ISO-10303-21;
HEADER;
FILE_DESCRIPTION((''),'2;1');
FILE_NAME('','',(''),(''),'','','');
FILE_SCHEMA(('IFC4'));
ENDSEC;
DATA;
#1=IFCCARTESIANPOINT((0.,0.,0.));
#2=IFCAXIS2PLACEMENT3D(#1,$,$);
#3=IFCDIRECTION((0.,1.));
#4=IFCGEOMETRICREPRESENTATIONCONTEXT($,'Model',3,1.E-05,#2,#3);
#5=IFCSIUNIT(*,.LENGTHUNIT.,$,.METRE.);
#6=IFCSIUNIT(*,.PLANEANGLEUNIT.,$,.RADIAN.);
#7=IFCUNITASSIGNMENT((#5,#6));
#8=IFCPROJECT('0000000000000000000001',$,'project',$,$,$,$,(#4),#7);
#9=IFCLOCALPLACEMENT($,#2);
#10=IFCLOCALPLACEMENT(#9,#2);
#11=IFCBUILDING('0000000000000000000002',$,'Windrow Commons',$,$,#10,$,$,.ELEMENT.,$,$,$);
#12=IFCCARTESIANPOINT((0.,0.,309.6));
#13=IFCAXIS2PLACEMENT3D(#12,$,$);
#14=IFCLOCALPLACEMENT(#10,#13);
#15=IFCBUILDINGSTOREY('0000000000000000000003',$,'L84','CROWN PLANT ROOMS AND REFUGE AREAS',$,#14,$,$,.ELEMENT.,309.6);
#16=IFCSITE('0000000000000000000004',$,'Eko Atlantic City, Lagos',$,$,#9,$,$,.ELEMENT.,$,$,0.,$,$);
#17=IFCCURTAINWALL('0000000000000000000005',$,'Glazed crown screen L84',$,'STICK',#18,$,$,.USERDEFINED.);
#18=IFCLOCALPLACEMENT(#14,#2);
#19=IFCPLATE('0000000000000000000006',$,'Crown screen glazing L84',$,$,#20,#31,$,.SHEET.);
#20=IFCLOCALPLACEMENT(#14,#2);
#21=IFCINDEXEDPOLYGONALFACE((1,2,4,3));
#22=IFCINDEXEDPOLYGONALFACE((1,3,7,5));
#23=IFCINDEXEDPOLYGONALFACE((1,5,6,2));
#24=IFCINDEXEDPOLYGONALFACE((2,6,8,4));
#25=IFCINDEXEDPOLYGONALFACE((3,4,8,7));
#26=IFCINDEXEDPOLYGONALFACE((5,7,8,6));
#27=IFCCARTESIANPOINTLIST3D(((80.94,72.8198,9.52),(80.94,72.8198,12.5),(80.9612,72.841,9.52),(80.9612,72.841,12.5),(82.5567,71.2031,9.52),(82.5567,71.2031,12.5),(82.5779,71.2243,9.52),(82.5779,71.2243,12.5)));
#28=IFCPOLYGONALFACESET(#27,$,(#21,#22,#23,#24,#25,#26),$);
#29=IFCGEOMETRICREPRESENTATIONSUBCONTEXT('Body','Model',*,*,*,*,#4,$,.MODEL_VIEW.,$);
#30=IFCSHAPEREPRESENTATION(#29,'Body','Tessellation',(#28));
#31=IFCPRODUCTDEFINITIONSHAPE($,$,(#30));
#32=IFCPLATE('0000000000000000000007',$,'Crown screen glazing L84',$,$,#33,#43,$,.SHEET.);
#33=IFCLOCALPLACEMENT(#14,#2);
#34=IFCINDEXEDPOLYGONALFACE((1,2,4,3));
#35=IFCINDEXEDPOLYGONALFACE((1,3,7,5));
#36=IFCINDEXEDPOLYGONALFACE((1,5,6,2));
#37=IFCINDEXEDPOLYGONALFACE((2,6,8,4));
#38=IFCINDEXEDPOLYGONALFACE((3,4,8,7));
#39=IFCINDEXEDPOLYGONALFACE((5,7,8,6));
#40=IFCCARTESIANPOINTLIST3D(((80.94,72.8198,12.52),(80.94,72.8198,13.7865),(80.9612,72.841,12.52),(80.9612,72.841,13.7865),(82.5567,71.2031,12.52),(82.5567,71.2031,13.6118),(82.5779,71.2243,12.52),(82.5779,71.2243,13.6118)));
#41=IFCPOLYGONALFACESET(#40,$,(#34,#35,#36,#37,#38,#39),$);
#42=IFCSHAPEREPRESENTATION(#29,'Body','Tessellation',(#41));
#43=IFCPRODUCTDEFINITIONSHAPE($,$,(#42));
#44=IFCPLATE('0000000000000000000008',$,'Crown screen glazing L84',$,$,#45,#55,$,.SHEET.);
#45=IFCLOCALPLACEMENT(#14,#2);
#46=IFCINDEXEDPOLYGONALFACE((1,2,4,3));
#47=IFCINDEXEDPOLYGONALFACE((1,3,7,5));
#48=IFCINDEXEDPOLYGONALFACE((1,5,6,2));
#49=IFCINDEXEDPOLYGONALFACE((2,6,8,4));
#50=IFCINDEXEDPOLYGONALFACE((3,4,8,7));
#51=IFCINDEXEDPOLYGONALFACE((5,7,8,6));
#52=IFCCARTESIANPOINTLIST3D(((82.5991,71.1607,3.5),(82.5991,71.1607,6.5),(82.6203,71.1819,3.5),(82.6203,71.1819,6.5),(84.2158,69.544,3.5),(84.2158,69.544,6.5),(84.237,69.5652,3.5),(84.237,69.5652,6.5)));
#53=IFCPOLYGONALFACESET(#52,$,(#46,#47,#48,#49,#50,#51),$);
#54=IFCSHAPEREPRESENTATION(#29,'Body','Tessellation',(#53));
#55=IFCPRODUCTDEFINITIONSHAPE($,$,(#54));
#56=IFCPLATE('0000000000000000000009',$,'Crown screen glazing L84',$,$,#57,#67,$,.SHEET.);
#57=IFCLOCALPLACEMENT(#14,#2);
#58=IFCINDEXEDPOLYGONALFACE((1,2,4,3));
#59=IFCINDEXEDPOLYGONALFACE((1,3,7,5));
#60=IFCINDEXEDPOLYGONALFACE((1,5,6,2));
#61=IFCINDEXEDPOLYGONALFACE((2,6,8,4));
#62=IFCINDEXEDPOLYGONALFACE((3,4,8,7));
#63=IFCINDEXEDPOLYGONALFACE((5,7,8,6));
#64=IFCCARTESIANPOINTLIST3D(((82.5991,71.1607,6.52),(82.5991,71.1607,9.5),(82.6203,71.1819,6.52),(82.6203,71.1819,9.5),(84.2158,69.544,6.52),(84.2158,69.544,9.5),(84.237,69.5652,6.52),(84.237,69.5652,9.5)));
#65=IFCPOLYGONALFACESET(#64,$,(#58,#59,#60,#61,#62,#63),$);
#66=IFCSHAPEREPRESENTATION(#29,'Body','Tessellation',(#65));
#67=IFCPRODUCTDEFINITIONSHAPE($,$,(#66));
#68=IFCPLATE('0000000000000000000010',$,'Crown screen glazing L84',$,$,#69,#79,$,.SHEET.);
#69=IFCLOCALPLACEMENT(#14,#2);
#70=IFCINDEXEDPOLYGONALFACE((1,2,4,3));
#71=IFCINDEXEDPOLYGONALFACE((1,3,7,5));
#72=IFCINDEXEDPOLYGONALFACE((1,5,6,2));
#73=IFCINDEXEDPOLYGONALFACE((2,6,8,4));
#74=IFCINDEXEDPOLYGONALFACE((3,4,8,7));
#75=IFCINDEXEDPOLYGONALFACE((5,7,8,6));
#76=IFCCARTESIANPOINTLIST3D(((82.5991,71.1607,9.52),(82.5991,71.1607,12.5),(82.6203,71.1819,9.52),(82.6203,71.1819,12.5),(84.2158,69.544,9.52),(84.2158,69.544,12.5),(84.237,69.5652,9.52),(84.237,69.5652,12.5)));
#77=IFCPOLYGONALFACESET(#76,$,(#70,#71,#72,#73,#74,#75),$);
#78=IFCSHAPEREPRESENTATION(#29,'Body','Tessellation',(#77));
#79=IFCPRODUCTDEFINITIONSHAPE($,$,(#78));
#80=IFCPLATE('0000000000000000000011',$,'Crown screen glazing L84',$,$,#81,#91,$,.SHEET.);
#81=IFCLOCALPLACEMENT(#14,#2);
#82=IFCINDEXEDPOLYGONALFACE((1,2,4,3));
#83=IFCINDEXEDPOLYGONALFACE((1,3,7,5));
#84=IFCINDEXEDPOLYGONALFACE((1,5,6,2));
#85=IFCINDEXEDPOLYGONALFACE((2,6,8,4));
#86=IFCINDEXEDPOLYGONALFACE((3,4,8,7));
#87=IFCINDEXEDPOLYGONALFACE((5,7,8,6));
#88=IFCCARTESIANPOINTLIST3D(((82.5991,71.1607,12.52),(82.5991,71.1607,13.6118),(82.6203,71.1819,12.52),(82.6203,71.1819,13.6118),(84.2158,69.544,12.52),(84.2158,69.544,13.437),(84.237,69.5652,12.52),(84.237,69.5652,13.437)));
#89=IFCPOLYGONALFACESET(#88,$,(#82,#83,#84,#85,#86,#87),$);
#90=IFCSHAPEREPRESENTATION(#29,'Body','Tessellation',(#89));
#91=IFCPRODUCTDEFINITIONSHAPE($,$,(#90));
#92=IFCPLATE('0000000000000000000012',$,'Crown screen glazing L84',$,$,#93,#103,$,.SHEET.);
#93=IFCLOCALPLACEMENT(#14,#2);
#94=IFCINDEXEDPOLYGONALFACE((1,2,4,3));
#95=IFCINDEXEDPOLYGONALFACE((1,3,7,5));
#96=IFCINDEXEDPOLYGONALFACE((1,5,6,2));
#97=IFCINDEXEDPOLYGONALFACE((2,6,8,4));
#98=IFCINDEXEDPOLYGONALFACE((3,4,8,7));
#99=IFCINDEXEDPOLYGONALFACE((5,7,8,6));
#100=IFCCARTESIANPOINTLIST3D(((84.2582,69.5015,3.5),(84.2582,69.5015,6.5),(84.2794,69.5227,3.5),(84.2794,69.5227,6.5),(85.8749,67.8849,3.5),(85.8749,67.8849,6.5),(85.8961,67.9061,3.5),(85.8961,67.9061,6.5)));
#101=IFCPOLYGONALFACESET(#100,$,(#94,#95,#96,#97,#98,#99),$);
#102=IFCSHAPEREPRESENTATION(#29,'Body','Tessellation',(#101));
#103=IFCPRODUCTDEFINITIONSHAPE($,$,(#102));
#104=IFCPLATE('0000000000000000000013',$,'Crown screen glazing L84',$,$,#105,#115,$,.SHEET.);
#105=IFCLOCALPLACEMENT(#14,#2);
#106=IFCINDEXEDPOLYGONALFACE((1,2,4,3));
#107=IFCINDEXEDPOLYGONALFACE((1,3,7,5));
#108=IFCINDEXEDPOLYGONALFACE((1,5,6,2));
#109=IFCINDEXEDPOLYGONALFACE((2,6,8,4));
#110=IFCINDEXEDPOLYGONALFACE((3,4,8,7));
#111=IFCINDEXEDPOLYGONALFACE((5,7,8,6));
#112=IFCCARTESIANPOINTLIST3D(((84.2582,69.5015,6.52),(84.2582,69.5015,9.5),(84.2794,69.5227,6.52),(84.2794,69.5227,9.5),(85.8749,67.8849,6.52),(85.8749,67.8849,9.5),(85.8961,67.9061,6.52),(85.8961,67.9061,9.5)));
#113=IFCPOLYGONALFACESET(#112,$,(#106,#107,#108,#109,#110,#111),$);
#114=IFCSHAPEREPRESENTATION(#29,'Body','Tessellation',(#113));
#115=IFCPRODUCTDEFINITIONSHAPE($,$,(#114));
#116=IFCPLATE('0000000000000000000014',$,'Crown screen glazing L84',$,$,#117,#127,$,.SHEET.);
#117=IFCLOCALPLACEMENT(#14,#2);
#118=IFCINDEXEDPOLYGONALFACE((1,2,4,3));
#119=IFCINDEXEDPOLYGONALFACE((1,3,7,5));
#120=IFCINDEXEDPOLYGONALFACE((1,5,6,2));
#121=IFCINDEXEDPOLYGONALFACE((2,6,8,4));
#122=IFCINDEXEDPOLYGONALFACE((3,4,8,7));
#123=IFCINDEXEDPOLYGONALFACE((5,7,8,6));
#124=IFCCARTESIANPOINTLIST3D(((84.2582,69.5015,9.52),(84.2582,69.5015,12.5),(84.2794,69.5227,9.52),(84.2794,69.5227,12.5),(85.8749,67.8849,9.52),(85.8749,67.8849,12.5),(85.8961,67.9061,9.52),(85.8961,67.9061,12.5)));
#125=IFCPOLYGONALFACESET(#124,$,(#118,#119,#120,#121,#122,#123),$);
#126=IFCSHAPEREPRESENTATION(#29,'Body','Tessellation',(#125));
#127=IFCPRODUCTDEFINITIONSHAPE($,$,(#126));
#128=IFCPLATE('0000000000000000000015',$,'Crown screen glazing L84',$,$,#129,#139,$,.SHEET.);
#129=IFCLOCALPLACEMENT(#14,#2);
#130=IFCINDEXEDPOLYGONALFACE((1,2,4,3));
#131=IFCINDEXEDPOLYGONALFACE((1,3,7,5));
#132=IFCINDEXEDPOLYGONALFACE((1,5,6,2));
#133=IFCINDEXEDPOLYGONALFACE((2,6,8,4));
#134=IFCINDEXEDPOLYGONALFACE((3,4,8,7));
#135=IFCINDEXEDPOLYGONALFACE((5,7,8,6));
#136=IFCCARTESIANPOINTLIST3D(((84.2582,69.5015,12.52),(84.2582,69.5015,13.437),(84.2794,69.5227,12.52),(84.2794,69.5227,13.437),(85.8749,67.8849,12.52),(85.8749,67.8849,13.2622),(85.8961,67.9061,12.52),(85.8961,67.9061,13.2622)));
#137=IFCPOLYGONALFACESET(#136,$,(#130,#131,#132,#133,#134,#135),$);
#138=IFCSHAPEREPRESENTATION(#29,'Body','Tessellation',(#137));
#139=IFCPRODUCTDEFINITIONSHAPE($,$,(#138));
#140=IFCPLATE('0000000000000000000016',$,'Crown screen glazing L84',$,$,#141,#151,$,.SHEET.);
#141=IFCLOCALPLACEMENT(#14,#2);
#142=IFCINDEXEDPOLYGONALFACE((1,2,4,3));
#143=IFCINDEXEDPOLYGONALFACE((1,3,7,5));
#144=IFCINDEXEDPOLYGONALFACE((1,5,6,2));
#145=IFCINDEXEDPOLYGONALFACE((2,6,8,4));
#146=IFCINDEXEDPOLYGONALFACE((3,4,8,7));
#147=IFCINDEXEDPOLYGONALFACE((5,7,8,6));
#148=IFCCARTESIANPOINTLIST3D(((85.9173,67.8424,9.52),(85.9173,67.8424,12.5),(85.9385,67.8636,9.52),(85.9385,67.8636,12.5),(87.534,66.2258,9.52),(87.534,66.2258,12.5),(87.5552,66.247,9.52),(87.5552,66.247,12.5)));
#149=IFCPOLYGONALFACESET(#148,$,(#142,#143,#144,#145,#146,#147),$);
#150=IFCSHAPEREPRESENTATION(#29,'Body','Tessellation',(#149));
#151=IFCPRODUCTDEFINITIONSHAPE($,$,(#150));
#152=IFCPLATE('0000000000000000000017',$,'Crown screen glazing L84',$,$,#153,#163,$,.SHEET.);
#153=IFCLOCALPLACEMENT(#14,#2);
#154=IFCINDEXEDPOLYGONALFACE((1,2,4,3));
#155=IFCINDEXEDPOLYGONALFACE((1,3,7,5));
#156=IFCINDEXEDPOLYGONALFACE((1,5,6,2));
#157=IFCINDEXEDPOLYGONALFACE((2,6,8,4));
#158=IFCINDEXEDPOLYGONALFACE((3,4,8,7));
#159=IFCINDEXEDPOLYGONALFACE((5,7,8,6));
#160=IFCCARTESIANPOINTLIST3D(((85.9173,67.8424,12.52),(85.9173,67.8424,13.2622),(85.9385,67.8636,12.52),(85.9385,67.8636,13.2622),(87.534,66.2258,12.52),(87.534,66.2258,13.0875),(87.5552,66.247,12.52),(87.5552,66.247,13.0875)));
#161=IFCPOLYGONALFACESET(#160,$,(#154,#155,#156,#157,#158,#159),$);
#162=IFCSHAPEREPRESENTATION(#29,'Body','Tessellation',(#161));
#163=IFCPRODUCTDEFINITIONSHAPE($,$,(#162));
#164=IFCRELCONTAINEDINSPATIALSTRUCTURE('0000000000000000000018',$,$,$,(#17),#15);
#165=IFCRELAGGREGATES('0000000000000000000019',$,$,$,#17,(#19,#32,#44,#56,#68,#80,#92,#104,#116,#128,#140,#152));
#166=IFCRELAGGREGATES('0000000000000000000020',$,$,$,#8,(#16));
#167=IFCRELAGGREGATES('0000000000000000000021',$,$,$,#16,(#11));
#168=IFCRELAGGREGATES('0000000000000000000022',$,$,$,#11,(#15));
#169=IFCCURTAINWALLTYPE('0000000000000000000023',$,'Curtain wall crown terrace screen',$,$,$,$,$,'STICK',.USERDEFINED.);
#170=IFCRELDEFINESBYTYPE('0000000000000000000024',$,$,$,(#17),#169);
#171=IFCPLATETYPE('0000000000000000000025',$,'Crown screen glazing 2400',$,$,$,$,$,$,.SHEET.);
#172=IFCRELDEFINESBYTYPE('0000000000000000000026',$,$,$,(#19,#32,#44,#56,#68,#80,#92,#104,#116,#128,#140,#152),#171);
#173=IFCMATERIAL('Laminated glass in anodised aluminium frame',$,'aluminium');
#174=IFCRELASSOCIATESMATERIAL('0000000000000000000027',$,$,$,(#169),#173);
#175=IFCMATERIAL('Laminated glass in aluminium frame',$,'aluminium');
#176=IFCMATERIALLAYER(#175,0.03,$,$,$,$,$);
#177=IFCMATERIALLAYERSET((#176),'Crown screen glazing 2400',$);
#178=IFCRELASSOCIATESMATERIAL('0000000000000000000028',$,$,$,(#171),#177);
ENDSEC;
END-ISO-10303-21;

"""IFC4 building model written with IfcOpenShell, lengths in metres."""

from ifc_helpers import new_model, si_unit, direction, frame, origin, place, context, subcontext, project, spatial, polyline, outline, extrude, material, layer, layer_set, type_object, element, aggregate, save


model = new_model("IFC4")

# Units and contexts
model_context = context("Model", 3, precision=1e-05, world=origin(), true_north=direction((0.0, 1.0)))
body_context = subcontext(model_context, "Body", "Model", "MODEL_VIEW")
ifc_project = project(units=[si_unit("LENGTHUNIT", "METRE"), si_unit("PLANEANGLEUNIT", "RADIAN")], contexts=[model_context])

# Site, building, storey
site_placement = place(None, origin())
site = spatial("IfcSite", under=ifc_project, at=site_placement, Name="Eko Atlantic City, Lagos", CompositionType="ELEMENT", RefElevation=0.0)
building_placement = place(site_placement, origin())
building = spatial("IfcBuilding", under=site, at=building_placement, Name="Windrow Commons", CompositionType="ELEMENT")
storey_placement = place(building_placement, frame((0.0, 0.0, 309.6)))
storey = spatial("IfcBuildingStorey", under=building, at=storey_placement, Name="L84", Description="CROWN PLANT ROOMS AND REFUGE AREAS", CompositionType="ELEMENT", Elevation=309.6)

# Curtain wall
ifc_material_1 = material(Name="Laminated glass in anodised aluminium frame", Category="aluminium")
curtain_wall_type = type_object("IfcCurtainWallType", Name="Curtain wall crown terrace screen", ElementType="STICK", PredefinedType="USERDEFINED", material=ifc_material_1)
placement = place(storey_placement, origin())
curtain_wall_1 = element("IfcCurtainWall", 1, at=placement, inside=storey, type_object=curtain_wall_type, Name="Glazed crown screen L84", ObjectType="STICK", PredefinedType="USERDEFINED")

# Plates
ifc_material_2 = material(Name="Laminated glass in aluminium frame", Category="aluminium")
ifc_layer_1 = layer(ifc_material_2, 0.03)
ifc_layer_set_1 = layer_set([ifc_layer_1], Name="Crown screen glazing 2400")
plate_type_1 = type_object("IfcPlateType", Name="Crown screen glazing 2400", PredefinedType="SHEET", material=ifc_layer_set_1)
plate_1_placement = place(storey_placement, frame((80.94, 72.8198, 9.52), z_axis=(-0.707107, -0.707107, 0.0), x_axis=(0.707107, -0.707107, 0.0)))
plate_1 = element("IfcPlate", 2, at=plate_1_placement, type_object=plate_type_1, Name="Crown screen glazing L84", PredefinedType="SHEET", context=body_context, shape_type="SweptSolid", body=[
    extrude(outline(polyline([(0.0, 0.0), (2.2864, 0.0), (2.2864, 2.98), (0.0, 2.98), (0.0, 0.0)])), origin(), (0.0, 0.0, -1.0), 0.03),
])
plate_2_placement = place(storey_placement, frame((80.94, 72.8198, 12.52), z_axis=(-0.707107, -0.707107, 0.0), x_axis=(0.707107, -0.707107, 0.0)))
plate_2 = element("IfcPlate", 3, at=plate_2_placement, type_object=plate_type_1, Name="Crown screen glazing L84", PredefinedType="SHEET", context=body_context, shape_type="SweptSolid", body=[
    extrude(outline(polyline([(0.0, 0.0), (2.2864, 0.0), (2.2864, 1.0918), (0.0, 1.2665), (0.0, 0.0)])), origin(), (0.0, 0.0, -1.0), 0.03),
])
plate_3_placement = place(storey_placement, frame((82.5991, 71.1607, 3.5), z_axis=(-0.707107, -0.707107, 0.0), x_axis=(0.707107, -0.707107, 0.0)))
plate_3 = element("IfcPlate", 4, at=plate_3_placement, type_object=plate_type_1, Name="Crown screen glazing L84", PredefinedType="SHEET", context=body_context, shape_type="SweptSolid", body=[
    extrude(outline(polyline([(0.0, 0.0), (2.2864, 0.0), (2.2864, 3.0), (0.0, 3.0), (0.0, 0.0)])), origin(), (0.0, 0.0, -1.0), 0.03),
])
plate_4_placement = place(storey_placement, frame((82.5991, 71.1607, 6.52), z_axis=(-0.707107, -0.707107, 0.0), x_axis=(0.707107, -0.707107, 0.0)))
plate_4 = element("IfcPlate", 5, at=plate_4_placement, type_object=plate_type_1, Name="Crown screen glazing L84", PredefinedType="SHEET", context=body_context, shape_type="SweptSolid", body=[
    extrude(outline(polyline([(0.0, 0.0), (2.2864, 0.0), (2.2864, 2.98), (0.0, 2.98), (0.0, 0.0)])), origin(), (0.0, 0.0, -1.0), 0.03),
])
plate_5_placement = place(storey_placement, frame((82.5991, 71.1607, 9.52), z_axis=(-0.707107, -0.707107, 0.0), x_axis=(0.707107, -0.707107, 0.0)))
plate_5 = element("IfcPlate", 6, at=plate_5_placement, type_object=plate_type_1, Name="Crown screen glazing L84", PredefinedType="SHEET", context=body_context, shape_type="SweptSolid", body=[
    extrude(outline(polyline([(0.0, 0.0), (2.2864, 0.0), (2.2864, 2.98), (0.0, 2.98), (0.0, 0.0)])), origin(), (0.0, 0.0, -1.0), 0.03),
])
plate_6_placement = place(storey_placement, frame((82.5991, 71.1607, 12.52), z_axis=(-0.707107, -0.707107, 0.0), x_axis=(0.707107, -0.707107, 0.0)))
plate_6 = element("IfcPlate", 7, at=plate_6_placement, type_object=plate_type_1, Name="Crown screen glazing L84", PredefinedType="SHEET", context=body_context, shape_type="SweptSolid", body=[
    extrude(outline(polyline([(0.0, 0.0), (2.2864, 0.0), (2.2864, 0.917), (0.0, 1.0918), (0.0, 0.0)])), origin(), (0.0, 0.0, -1.0), 0.03),
])
plate_7_placement = place(storey_placement, frame((84.2582, 69.5015, 3.5), z_axis=(-0.707085, -0.707129, 0.0), x_axis=(0.707129, -0.707085, 0.0)))
plate_7 = element("IfcPlate", 8, at=plate_7_placement, type_object=plate_type_1, Name="Crown screen glazing L84", PredefinedType="SHEET", context=body_context, shape_type="SweptSolid", body=[
    extrude(outline(polyline([(0.0, 0.0), (2.2863, 0.0), (2.2863, 3.0), (0.0, 3.0), (0.0, 0.0)])), origin(), (0.0, 0.0, -1.0), 0.03),
])
plate_8_placement = place(storey_placement, frame((84.2582, 69.5015, 6.52), z_axis=(-0.707085, -0.707129, 0.0), x_axis=(0.707129, -0.707085, 0.0)))
plate_8 = element("IfcPlate", 9, at=plate_8_placement, type_object=plate_type_1, Name="Crown screen glazing L84", PredefinedType="SHEET", context=body_context, shape_type="SweptSolid", body=[
    extrude(outline(polyline([(0.0, 0.0), (2.2863, 0.0), (2.2863, 2.98), (0.0, 2.98), (0.0, 0.0)])), origin(), (0.0, 0.0, -1.0), 0.03),
])
plate_9_placement = place(storey_placement, frame((84.2582, 69.5015, 9.52), z_axis=(-0.707085, -0.707129, 0.0), x_axis=(0.707129, -0.707085, 0.0)))
plate_9 = element("IfcPlate", 10, at=plate_9_placement, type_object=plate_type_1, Name="Crown screen glazing L84", PredefinedType="SHEET", context=body_context, shape_type="SweptSolid", body=[
    extrude(outline(polyline([(0.0, 0.0), (2.2863, 0.0), (2.2863, 2.98), (0.0, 2.98), (0.0, 0.0)])), origin(), (0.0, 0.0, -1.0), 0.03),
])
plate_10_placement = place(storey_placement, frame((84.2582, 69.5015, 12.52), z_axis=(-0.707085, -0.707129, 0.0), x_axis=(0.707129, -0.707085, 0.0)))
plate_10 = element("IfcPlate", 11, at=plate_10_placement, type_object=plate_type_1, Name="Crown screen glazing L84", PredefinedType="SHEET", context=body_context, shape_type="SweptSolid", body=[
    extrude(outline(polyline([(0.0, 0.0), (2.2863, 0.0), (2.2863, 0.7422), (0.0, 0.917), (0.0, 0.0)])), origin(), (0.0, 0.0, -1.0), 0.03),
])
plate_11_placement = place(storey_placement, frame((85.9173, 67.8424, 9.52), z_axis=(-0.707085, -0.707129, 0.0), x_axis=(0.707129, -0.707085, 0.0)))
plate_11 = element("IfcPlate", 12, at=plate_11_placement, type_object=plate_type_1, Name="Crown screen glazing L84", PredefinedType="SHEET", context=body_context, shape_type="SweptSolid", body=[
    extrude(outline(polyline([(0.0, 0.0), (2.2863, 0.0), (2.2863, 2.98), (0.0, 2.98), (0.0, 0.0)])), origin(), (0.0, 0.0, -1.0), 0.03),
])
plate_12_placement = place(storey_placement, frame((85.9173, 67.8424, 12.52), z_axis=(-0.707085, -0.707129, 0.0), x_axis=(0.707129, -0.707085, 0.0)))
plate_12 = element("IfcPlate", 13, at=plate_12_placement, type_object=plate_type_1, Name="Crown screen glazing L84", PredefinedType="SHEET", context=body_context, shape_type="SweptSolid", body=[
    extrude(outline(polyline([(0.0, 0.0), (2.2863, 0.0), (2.2863, 0.5675), (0.0, 0.7422), (0.0, 0.0)])), origin(), (0.0, 0.0, -1.0), 0.03),
])
aggregate(curtain_wall_1, [plate_1, plate_2, plate_3, plate_4, plate_5, plate_6, plate_7, plate_8, plate_9, plate_10, plate_11, plate_12])

save(model, "model.ifc")
